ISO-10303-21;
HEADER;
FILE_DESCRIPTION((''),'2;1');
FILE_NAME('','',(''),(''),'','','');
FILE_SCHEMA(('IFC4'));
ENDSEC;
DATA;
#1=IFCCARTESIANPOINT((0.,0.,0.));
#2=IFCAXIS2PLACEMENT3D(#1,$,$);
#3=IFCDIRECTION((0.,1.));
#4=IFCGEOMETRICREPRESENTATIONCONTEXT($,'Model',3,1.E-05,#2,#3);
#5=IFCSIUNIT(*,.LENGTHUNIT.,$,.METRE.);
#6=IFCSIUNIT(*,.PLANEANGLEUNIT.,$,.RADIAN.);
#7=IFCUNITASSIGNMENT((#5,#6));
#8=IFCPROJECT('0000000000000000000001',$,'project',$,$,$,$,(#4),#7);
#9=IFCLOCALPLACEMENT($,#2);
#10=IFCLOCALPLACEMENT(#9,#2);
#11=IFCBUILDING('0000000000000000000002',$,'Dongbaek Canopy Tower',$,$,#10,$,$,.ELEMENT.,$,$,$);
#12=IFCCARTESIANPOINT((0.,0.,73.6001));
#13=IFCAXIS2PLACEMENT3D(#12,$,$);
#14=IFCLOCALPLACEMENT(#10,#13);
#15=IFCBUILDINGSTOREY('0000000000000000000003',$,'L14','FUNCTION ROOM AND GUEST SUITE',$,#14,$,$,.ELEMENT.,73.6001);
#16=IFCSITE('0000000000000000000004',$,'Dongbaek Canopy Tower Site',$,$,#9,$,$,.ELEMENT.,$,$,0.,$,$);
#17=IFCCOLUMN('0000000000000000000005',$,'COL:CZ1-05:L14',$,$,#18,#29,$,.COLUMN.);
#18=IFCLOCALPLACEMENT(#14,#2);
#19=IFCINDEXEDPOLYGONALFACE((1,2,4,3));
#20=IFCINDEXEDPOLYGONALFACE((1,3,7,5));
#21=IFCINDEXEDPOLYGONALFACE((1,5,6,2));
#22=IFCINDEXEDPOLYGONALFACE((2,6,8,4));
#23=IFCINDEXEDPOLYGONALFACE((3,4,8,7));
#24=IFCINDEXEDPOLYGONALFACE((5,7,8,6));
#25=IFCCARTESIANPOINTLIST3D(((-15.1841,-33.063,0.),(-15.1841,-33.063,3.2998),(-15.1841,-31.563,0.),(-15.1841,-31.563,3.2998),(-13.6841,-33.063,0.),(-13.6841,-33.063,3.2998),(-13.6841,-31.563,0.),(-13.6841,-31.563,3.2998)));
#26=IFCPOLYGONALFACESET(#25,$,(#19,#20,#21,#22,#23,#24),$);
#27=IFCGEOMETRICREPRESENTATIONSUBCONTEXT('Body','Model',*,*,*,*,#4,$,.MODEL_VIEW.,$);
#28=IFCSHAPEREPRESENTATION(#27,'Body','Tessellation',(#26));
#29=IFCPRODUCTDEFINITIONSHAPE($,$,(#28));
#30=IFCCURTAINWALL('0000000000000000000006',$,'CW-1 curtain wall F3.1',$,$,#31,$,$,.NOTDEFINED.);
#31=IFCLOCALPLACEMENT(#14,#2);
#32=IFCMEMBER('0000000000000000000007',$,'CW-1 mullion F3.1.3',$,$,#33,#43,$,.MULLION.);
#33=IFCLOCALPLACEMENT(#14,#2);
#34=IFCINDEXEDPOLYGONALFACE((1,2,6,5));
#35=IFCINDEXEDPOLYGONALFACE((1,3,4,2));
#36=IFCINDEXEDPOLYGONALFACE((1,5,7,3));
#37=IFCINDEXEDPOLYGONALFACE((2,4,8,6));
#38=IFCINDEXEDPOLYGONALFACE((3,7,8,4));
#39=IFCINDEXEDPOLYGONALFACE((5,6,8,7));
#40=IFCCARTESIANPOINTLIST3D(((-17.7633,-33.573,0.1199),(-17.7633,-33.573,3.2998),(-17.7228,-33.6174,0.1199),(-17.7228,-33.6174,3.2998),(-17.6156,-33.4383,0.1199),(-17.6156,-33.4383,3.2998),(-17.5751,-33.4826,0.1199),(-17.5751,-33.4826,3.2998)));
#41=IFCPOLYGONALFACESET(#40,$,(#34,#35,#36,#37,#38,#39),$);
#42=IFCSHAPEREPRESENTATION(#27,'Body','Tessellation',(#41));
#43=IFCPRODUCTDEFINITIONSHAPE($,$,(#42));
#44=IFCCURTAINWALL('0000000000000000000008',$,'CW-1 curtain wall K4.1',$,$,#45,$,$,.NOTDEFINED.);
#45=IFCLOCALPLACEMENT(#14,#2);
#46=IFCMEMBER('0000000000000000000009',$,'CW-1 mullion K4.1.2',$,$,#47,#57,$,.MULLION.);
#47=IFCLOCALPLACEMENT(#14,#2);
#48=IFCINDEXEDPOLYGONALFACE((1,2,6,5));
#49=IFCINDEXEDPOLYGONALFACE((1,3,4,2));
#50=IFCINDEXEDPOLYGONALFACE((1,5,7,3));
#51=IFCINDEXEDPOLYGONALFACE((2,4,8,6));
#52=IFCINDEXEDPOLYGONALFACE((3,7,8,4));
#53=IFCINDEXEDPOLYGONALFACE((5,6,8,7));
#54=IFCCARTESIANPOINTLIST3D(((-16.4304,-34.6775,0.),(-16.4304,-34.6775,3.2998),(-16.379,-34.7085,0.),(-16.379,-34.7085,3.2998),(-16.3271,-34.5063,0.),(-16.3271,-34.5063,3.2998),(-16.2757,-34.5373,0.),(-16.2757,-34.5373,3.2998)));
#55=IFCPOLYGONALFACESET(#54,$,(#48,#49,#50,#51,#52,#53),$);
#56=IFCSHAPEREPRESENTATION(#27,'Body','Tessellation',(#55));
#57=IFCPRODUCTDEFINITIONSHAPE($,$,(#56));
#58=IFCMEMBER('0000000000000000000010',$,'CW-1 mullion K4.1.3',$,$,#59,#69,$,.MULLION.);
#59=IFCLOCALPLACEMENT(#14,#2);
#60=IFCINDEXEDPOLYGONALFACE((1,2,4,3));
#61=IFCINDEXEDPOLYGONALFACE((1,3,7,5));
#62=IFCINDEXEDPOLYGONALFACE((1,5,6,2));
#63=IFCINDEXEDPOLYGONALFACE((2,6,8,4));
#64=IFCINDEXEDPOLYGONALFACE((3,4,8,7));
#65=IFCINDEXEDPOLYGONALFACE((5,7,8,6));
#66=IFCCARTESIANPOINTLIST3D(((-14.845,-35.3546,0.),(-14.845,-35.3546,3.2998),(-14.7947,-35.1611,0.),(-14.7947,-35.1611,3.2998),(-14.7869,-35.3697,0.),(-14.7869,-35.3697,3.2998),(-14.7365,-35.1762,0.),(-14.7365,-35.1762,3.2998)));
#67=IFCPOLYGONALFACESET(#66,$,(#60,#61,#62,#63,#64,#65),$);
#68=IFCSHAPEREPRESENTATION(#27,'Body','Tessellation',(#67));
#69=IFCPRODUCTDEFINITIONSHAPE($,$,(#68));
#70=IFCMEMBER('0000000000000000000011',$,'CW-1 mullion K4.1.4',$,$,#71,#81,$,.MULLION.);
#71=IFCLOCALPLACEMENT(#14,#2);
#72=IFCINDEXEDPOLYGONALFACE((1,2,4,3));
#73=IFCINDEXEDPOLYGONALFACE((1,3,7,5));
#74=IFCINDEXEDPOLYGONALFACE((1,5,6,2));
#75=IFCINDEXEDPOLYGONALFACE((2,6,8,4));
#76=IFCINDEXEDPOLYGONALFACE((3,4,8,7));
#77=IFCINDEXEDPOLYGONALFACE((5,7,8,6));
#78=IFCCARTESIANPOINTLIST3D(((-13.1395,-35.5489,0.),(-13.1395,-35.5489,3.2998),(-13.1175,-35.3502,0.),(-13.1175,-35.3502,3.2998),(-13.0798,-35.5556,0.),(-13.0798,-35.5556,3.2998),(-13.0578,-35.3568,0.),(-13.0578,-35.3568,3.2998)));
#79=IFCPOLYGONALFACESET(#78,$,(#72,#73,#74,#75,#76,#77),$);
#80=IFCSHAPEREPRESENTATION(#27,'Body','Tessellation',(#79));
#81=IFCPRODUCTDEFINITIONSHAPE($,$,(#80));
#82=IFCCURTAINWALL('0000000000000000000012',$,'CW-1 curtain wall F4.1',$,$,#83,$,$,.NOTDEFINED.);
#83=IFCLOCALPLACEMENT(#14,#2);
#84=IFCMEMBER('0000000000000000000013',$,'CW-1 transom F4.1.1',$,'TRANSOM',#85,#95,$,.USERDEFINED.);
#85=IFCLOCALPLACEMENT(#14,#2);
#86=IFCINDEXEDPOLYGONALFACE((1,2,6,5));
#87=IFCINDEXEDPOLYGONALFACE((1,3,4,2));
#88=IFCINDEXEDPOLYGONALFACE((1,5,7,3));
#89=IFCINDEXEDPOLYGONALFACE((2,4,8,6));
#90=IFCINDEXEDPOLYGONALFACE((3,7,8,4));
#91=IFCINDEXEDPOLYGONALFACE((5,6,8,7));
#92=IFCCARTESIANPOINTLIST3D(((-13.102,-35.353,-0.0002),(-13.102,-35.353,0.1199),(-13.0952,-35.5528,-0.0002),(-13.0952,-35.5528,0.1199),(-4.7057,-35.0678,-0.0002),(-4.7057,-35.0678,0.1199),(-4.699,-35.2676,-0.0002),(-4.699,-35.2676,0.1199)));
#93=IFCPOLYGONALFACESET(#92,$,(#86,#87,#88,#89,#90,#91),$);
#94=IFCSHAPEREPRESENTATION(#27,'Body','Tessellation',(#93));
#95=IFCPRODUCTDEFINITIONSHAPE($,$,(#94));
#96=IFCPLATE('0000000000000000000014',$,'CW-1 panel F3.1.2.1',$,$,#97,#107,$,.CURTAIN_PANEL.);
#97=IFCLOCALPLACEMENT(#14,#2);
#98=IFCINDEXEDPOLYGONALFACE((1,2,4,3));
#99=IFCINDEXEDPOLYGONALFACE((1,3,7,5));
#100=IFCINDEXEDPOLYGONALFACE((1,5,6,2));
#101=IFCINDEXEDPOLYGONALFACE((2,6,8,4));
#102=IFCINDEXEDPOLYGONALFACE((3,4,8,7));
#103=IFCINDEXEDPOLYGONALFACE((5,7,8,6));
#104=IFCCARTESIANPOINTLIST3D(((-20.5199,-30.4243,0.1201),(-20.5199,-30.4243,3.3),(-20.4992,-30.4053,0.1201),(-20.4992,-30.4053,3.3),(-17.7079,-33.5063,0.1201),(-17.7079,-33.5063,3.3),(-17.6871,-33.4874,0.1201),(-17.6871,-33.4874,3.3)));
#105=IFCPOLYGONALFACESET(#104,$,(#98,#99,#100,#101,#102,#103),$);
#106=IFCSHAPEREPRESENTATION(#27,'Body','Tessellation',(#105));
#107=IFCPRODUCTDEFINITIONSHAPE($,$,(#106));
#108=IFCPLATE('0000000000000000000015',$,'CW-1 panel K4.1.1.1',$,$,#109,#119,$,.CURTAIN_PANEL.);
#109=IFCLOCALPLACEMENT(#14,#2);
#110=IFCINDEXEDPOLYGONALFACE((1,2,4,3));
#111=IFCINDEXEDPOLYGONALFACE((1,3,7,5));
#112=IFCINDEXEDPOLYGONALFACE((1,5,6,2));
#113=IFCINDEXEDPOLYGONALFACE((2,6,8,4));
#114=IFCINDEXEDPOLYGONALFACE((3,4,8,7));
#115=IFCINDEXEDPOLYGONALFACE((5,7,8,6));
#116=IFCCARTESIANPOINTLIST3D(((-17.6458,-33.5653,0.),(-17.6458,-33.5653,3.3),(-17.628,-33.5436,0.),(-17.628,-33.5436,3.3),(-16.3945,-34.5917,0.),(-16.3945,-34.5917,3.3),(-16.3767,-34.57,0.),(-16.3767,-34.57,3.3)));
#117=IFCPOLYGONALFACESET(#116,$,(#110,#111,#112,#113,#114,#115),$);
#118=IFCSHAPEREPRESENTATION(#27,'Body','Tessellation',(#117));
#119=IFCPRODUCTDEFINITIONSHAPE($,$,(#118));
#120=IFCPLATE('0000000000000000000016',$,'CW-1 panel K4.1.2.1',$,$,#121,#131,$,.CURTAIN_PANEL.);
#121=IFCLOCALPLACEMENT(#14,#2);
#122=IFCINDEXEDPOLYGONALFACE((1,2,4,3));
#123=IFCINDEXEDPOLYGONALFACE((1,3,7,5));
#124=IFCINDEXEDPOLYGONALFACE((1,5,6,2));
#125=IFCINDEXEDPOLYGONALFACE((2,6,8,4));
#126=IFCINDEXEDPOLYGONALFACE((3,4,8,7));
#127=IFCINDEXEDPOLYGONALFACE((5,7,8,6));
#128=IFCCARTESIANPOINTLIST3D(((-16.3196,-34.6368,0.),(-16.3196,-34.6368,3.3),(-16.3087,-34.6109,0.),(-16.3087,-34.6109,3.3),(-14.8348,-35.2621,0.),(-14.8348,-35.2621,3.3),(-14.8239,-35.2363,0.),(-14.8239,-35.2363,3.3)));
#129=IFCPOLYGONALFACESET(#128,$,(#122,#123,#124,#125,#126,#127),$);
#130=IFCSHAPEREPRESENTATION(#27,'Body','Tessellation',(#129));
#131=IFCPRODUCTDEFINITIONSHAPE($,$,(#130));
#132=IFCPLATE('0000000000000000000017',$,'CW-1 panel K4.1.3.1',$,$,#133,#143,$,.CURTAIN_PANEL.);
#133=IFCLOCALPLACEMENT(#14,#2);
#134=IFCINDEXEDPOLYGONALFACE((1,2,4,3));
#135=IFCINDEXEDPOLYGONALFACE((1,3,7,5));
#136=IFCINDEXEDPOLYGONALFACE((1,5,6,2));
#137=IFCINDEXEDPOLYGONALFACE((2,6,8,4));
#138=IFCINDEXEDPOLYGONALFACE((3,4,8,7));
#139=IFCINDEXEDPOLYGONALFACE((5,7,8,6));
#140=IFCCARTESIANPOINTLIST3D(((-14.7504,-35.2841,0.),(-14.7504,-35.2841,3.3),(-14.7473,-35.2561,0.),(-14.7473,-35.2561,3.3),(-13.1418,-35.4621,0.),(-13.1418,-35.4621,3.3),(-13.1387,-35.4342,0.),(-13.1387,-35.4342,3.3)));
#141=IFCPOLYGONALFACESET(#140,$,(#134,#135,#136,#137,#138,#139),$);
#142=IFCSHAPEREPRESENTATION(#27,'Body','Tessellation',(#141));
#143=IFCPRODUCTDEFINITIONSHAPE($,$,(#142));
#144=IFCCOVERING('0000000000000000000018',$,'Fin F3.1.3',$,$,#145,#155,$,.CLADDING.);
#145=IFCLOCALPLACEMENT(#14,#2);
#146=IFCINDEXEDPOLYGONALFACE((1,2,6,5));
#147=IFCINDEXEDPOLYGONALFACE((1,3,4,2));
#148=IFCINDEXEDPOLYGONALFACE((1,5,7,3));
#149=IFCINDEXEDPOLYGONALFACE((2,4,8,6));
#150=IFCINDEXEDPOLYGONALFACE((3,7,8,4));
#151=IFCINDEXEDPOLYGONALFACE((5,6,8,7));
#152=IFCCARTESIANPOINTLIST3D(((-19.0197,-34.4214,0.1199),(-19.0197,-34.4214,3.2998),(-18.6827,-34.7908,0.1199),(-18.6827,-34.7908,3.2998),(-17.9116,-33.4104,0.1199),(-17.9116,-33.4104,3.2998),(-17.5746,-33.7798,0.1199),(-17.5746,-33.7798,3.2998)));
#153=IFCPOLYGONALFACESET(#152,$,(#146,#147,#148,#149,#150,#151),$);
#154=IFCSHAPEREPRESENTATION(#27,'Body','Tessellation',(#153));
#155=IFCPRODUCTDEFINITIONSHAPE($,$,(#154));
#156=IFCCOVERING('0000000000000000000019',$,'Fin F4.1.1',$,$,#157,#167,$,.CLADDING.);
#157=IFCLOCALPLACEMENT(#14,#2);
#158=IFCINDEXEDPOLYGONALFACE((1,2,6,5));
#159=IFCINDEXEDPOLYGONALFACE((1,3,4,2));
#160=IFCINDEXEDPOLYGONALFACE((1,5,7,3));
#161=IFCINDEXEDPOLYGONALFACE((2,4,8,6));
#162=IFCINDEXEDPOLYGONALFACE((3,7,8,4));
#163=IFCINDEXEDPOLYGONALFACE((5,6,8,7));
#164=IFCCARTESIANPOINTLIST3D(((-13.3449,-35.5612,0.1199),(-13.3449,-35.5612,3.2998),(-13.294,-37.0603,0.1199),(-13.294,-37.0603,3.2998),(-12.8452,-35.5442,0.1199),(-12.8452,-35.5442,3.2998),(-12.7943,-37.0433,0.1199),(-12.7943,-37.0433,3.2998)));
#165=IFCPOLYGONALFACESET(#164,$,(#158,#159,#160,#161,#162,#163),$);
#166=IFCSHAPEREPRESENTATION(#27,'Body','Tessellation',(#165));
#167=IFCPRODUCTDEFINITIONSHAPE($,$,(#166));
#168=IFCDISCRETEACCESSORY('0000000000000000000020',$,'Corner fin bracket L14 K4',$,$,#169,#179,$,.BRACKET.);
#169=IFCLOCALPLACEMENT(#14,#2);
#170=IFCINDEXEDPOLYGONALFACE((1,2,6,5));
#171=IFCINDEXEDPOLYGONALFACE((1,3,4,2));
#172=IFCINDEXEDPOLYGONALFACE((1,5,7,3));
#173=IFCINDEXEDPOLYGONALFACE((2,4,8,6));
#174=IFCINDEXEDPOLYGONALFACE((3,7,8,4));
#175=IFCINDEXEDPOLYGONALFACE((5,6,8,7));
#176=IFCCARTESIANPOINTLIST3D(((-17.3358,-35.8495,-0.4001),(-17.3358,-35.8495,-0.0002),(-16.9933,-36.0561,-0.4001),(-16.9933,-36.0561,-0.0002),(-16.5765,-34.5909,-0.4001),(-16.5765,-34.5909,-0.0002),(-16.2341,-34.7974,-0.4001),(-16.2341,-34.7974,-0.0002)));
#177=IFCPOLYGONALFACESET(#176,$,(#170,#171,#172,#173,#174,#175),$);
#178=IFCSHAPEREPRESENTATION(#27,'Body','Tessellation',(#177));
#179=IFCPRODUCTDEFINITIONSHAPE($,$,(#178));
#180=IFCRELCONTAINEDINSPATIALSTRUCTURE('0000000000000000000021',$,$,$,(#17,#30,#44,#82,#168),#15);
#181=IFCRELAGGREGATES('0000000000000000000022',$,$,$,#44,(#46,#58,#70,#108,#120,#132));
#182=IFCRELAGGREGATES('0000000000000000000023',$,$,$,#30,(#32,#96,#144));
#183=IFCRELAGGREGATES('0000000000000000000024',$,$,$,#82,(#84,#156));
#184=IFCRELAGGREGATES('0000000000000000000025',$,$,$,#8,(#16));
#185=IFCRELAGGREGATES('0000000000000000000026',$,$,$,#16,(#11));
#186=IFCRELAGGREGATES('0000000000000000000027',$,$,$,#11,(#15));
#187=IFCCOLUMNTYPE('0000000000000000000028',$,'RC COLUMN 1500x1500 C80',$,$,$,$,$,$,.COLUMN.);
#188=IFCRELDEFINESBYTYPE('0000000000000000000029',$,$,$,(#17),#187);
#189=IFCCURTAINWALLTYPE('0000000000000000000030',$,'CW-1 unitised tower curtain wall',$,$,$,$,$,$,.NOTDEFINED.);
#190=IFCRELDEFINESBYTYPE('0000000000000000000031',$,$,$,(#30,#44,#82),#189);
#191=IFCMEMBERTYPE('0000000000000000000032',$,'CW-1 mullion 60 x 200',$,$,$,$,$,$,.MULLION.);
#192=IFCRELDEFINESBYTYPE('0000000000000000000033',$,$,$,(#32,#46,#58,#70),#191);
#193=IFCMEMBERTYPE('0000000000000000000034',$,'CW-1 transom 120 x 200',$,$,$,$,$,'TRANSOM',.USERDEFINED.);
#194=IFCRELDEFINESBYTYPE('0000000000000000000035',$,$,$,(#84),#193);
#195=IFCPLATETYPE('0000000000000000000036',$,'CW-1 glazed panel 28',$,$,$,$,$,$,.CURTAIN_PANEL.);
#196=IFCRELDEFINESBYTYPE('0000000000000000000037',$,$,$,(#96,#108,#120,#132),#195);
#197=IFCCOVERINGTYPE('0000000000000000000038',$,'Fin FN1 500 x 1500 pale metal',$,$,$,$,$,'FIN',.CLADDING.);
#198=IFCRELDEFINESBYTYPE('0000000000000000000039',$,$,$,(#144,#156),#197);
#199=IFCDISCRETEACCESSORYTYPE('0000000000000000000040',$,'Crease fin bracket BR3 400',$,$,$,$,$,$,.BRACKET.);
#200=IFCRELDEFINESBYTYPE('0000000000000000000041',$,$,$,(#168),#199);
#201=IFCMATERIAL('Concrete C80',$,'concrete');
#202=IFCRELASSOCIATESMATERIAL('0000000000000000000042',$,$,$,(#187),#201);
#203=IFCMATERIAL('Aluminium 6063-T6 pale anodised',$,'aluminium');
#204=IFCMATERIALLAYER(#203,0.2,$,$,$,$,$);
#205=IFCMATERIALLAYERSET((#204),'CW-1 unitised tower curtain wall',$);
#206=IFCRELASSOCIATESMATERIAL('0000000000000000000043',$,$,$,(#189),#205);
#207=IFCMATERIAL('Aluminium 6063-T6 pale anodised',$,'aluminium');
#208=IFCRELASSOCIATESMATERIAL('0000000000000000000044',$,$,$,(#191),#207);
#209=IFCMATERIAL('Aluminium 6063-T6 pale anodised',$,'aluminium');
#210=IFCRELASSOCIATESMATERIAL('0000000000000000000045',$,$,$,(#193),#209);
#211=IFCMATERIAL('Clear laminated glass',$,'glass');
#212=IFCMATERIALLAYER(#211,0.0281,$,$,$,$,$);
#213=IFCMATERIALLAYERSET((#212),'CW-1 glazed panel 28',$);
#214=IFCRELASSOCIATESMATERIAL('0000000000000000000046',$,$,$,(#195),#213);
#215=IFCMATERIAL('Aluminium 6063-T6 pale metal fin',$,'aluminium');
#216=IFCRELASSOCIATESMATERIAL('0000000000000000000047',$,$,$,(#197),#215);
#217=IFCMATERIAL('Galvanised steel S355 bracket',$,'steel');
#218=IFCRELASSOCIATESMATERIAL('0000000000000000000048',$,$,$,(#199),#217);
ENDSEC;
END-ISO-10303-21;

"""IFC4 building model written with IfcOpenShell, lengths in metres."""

from ifc_helpers import new_model, si_unit, direction, frame, origin, origin_2d, place, context, subcontext, project, spatial, rectangle, extrude, material, layer, layer_set, material_profile, profile_set, type_object, element, aggregate, save


model = new_model("IFC4")

# Units and contexts
model_context = context("Model", 3, precision=1e-05, world=origin(), true_north=direction((0.0, 1.0)))
body_context = subcontext(model_context, "Body", "Model", "MODEL_VIEW")
ifc_project = project(units=[si_unit("LENGTHUNIT", "METRE"), si_unit("PLANEANGLEUNIT", "RADIAN")], contexts=[model_context])

# Site, building, storey
site_placement = place(None, origin())
site = spatial("IfcSite", under=ifc_project, at=site_placement, Name="Dongbaek Canopy Tower Site", CompositionType="ELEMENT", RefElevation=0.0)
building_placement = place(site_placement, origin())
building = spatial("IfcBuilding", under=site, at=building_placement, Name="Dongbaek Canopy Tower", CompositionType="ELEMENT")
storey_placement = place(building_placement, frame((0.0, 0.0, 73.6001)))
storey = spatial("IfcBuildingStorey", under=building, at=storey_placement, Name="L14", Description="FUNCTION ROOM AND GUEST SUITE", CompositionType="ELEMENT", Elevation=73.6001)

# Column
ifc_material_1 = material(Name="Concrete C80", Category="concrete")
ifc_material_profile_1 = material_profile(ifc_material_1, rectangle(XDim=1.5, YDim=1.5, at=origin_2d()), Name="RC COLUMN 1500x1500 C80")
ifc_profile_set_1 = profile_set([ifc_material_profile_1], Name="Concrete C80")
column_type = type_object("IfcColumnType", Name="RC COLUMN 1500x1500 C80", PredefinedType="COLUMN", material=ifc_profile_set_1)
column_placement = place(storey_placement, frame((-14.4341, -32.313, 0.0), z_axis=(0.0, 0.0, 1.0), x_axis=(1.0, 0.0, 0.0)))
element("IfcColumn", 1, at=column_placement, inside=storey, type_object=column_type, Name="COL:CZ1-05:L14", PredefinedType="COLUMN", context=body_context, shape_type="SweptSolid", body=[
    extrude(rectangle(XDim=1.5, YDim=1.5, at=origin_2d()), origin(), (0.0, 0.0, 1.0), 3.2998),
])

# Curtain wall, member
ifc_material_2 = material(Name="Aluminium 6063-T6 pale anodised", Category="aluminium")
ifc_layer_1 = layer(ifc_material_2, 0.2)
ifc_layer_set_1 = layer_set([ifc_layer_1], Name="CW-1 unitised tower curtain wall")
curtain_wall_type = type_object("IfcCurtainWallType", Name="CW-1 unitised tower curtain wall", PredefinedType="NOTDEFINED", material=ifc_layer_set_1)
curtain_wall_1_placement = place(storey_placement, origin())
curtain_wall_1 = element("IfcCurtainWall", 2, at=curtain_wall_1_placement, inside=storey, type_object=curtain_wall_type, Name="CW-1 curtain wall F3.1", PredefinedType="NOTDEFINED")
ifc_material_3 = material(Name="Aluminium 6063-T6 pale anodised", Category="aluminium")
ifc_material_profile_2 = material_profile(ifc_material_3, rectangle(XDim=0.2, YDim=0.0601, at=origin_2d()), Name="CW-1 mullion 60 x 200")
ifc_profile_set_2 = profile_set([ifc_material_profile_2], Name="Aluminium 6063-T6 pale anodised")
member_type_1 = type_object("IfcMemberType", Name="CW-1 mullion 60 x 200", PredefinedType="MULLION", material=ifc_profile_set_2)
member_1_placement = place(storey_placement, frame((-17.6692, -33.5278, 0.1199), z_axis=(0.0, 0.0, 1.0), x_axis=(-0.73872, -0.674012, 0.0)))
member_1 = element("IfcMember", 3, at=member_1_placement, type_object=member_type_1, Name="CW-1 mullion F3.1.3", PredefinedType="MULLION", context=body_context, shape_type="SweptSolid", body=[
    extrude(rectangle(XDim=0.2, YDim=0.0601, at=origin_2d()), origin(), (0.0, 0.0, 1.0), 3.1799),
])

# Curtain wall, members
curtain_wall_2_placement = place(storey_placement, origin())
curtain_wall_2 = element("IfcCurtainWall", 4, at=curtain_wall_2_placement, inside=storey, type_object=curtain_wall_type, Name="CW-1 curtain wall K4.1", PredefinedType="NOTDEFINED")
member_2_placement = place(storey_placement, frame((-16.353, -34.6074, 0.0), z_axis=(0.0, 0.0, 1.0), x_axis=(-0.516535, -0.856266, 0.0)))
member_2 = element("IfcMember", 5, at=member_2_placement, type_object=member_type_1, Name="CW-1 mullion K4.1.2", PredefinedType="MULLION", context=body_context, shape_type="SweptSolid", body=[
    extrude(rectangle(XDim=0.2, YDim=0.0601, at=origin_2d()), origin(), (0.0, 0.0, 1.0), 3.2998),
])
member_3_placement = place(storey_placement, frame((-14.7908, -35.2654, 0.0), z_axis=(0.0, 0.0, 1.0), x_axis=(-0.251694, -0.967807, 0.0)))
member_3 = element("IfcMember", 6, at=member_3_placement, type_object=member_type_1, Name="CW-1 mullion K4.1.3", PredefinedType="MULLION", context=body_context, shape_type="SweptSolid", body=[
    extrude(rectangle(XDim=0.2, YDim=0.0601, at=origin_2d()), origin(), (0.0, 0.0, 1.0), 3.2998),
])
member_4_placement = place(storey_placement, frame((-13.0986, -35.4529, 0.0), z_axis=(0.0, 0.0, 1.0), x_axis=(-0.110022, -0.993929, 0.0)))
member_4 = element("IfcMember", 7, at=member_4_placement, type_object=member_type_1, Name="CW-1 mullion K4.1.4", PredefinedType="MULLION", context=body_context, shape_type="SweptSolid", body=[
    extrude(rectangle(XDim=0.2, YDim=0.0601, at=origin_2d()), origin(), (0.0, 0.0, 1.0), 3.2998),
])

# Curtain wall, member
curtain_wall_3_placement = place(storey_placement, origin())
curtain_wall_3 = element("IfcCurtainWall", 8, at=curtain_wall_3_placement, inside=storey, type_object=curtain_wall_type, Name="CW-1 curtain wall F4.1", PredefinedType="NOTDEFINED")
ifc_material_4 = material(Name="Aluminium 6063-T6 pale anodised", Category="aluminium")
ifc_material_profile_3 = material_profile(ifc_material_4, rectangle(XDim=0.2, YDim=0.1201, at=origin_2d()), Name="CW-1 transom 120 x 200")
ifc_profile_set_3 = profile_set([ifc_material_profile_3], Name="Aluminium 6063-T6 pale anodised")
member_type_2 = type_object("IfcMemberType", Name="CW-1 transom 120 x 200", ElementType="TRANSOM", PredefinedType="USERDEFINED", material=ifc_profile_set_3)
member_5_placement = place(storey_placement, frame((-13.0986, -35.4529, 0.0598), z_axis=(0.999424, 0.033943, 0.0), x_axis=(-0.033943, 0.999424, 0.0)))
member_5 = element("IfcMember", 9, at=member_5_placement, type_object=member_type_2, Name="CW-1 transom F4.1.1", ObjectType="TRANSOM", PredefinedType="USERDEFINED", context=body_context, shape_type="SweptSolid", body=[
    extrude(rectangle(XDim=0.2, YDim=0.1201, at=origin_2d()), origin(), (0.0, 0.0, 1.0), 8.4011),
])

# Plates
ifc_material_5 = material(Name="Clear laminated glass", Category="glass")
ifc_layer_2 = layer(ifc_material_5, 0.0281)
ifc_layer_set_2 = layer_set([ifc_layer_2], Name="CW-1 glazed panel 28")
plate_type = type_object("IfcPlateType", Name="CW-1 glazed panel 28", PredefinedType="CURTAIN_PANEL", material=ifc_layer_set_2)
plate_1_placement = place(storey_placement, frame((-19.1035, -31.9558, 0.1201), z_axis=(0.0, 0.0, 1.0), x_axis=(0.674012, -0.73872, 0.0)))
plate_1 = element("IfcPlate", 10, at=plate_1_placement, type_object=plate_type, Name="CW-1 panel F3.1.2.1", PredefinedType="CURTAIN_PANEL", context=body_context, shape_type="SweptSolid", body=[
    extrude(rectangle(XDim=4.1721, YDim=0.0281, at=origin_2d()), origin(), (0.0, 0.0, 1.0), 3.1799),
])
plate_2_placement = place(storey_placement, frame((-17.0112, -34.0676, 0.0), z_axis=(0.0, 0.0, 1.0), x_axis=(0.773162, -0.634209, 0.0)))
plate_2 = element("IfcPlate", 11, at=plate_2_placement, type_object=plate_type, Name="CW-1 panel K4.1.1.1", PredefinedType="CURTAIN_PANEL", context=body_context, shape_type="SweptSolid", body=[
    extrude(rectangle(XDim=1.6184, YDim=0.0281, at=origin_2d()), origin(), (0.0, 0.0, 1.0), 3.3),
])
plate_3_placement = place(storey_placement, frame((-15.5718, -34.9365, 0.0), z_axis=(0.0, 0.0, 1.0), x_axis=(0.921599, -0.388142, 0.0)))
plate_3 = element("IfcPlate", 12, at=plate_3_placement, type_object=plate_type, Name="CW-1 panel K4.1.2.1", PredefinedType="CURTAIN_PANEL", context=body_context, shape_type="SweptSolid", body=[
    extrude(rectangle(XDim=1.6111, YDim=0.0281, at=origin_2d()), origin(), (0.0, 0.0, 1.0), 3.3),
])
plate_4_placement = place(storey_placement, frame((-13.9446, -35.3591, 0.0), z_axis=(0.0, 0.0, 1.0), x_axis=(0.993929, -0.110022, 0.0)))
plate_4 = element("IfcPlate", 13, at=plate_4_placement, type_object=plate_type, Name="CW-1 panel K4.1.3.1", PredefinedType="CURTAIN_PANEL", context=body_context, shape_type="SweptSolid", body=[
    extrude(rectangle(XDim=1.6184, YDim=0.0281, at=origin_2d()), origin(), (0.0, 0.0, 1.0), 3.3),
])
aggregate(curtain_wall_2, [member_2, member_3, member_4, plate_2, plate_3, plate_4])

# Coverings
ifc_material_6 = material(Name="Aluminium 6063-T6 pale metal fin", Category="aluminium")
ifc_material_profile_4 = material_profile(ifc_material_6, rectangle(XDim=1.5, YDim=0.5, at=origin_2d()), Name="Fin FN1 500 x 1500 pale metal")
ifc_profile_set_4 = profile_set([ifc_material_profile_4], Name="Aluminium 6063-T6 pale metal fin")
covering_type = type_object("IfcCoveringType", Name="Fin FN1 500 x 1500 pale metal", ElementType="FIN", PredefinedType="CLADDING", material=ifc_profile_set_4)
covering_1_placement = place(storey_placement, frame((-18.2971, -34.1006, 0.1199), z_axis=(0.0, 0.0, 1.0), x_axis=(-0.73872, -0.674012, 0.0)))
covering_1 = element("IfcCovering", 14, at=covering_1_placement, type_object=covering_type, Name="Fin F3.1.3", PredefinedType="CLADDING", context=body_context, shape_type="SweptSolid", body=[
    extrude(rectangle(XDim=1.5, YDim=0.5, at=origin_2d()), origin(), (0.0, 0.0, 1.0), 3.1799),
])
aggregate(curtain_wall_1, [member_1, plate_1, covering_1])
covering_2_placement = place(storey_placement, frame((-13.0696, -36.3022, 0.1199), z_axis=(0.0, 0.0, 1.0), x_axis=(0.033933, -0.999424, 0.0)))
covering_2 = element("IfcCovering", 15, at=covering_2_placement, type_object=covering_type, Name="Fin F4.1.1", PredefinedType="CLADDING", context=body_context, shape_type="SweptSolid", body=[
    extrude(rectangle(XDim=1.5, YDim=0.5, at=origin_2d()), origin(), (0.0, 0.0, 1.0), 3.1799),
])
aggregate(curtain_wall_3, [member_5, covering_2])

# Discrete accessory
ifc_material_7 = material(Name="Galvanised steel S355 bracket", Category="steel")
discrete_accessory_type = type_object("IfcDiscreteAccessoryType", Name="Crease fin bracket BR3 400", PredefinedType="BRACKET", material=ifc_material_7)
discrete_accessory_placement = place(storey_placement, frame((-16.7849, -35.3235, -0.4001), z_axis=(0.0, 0.0, 1.0), x_axis=(-0.516535, -0.856266, 0.0)))
element("IfcDiscreteAccessory", 16, at=discrete_accessory_placement, inside=storey, type_object=discrete_accessory_type, Name="Corner fin bracket L14 K4", PredefinedType="BRACKET", context=body_context, shape_type="SweptSolid", body=[
    extrude(rectangle(XDim=1.47, YDim=0.3999, at=origin_2d()), origin(), (0.0, 0.0, 1.0), 0.3999),
])

save(model, "model.ifc")
